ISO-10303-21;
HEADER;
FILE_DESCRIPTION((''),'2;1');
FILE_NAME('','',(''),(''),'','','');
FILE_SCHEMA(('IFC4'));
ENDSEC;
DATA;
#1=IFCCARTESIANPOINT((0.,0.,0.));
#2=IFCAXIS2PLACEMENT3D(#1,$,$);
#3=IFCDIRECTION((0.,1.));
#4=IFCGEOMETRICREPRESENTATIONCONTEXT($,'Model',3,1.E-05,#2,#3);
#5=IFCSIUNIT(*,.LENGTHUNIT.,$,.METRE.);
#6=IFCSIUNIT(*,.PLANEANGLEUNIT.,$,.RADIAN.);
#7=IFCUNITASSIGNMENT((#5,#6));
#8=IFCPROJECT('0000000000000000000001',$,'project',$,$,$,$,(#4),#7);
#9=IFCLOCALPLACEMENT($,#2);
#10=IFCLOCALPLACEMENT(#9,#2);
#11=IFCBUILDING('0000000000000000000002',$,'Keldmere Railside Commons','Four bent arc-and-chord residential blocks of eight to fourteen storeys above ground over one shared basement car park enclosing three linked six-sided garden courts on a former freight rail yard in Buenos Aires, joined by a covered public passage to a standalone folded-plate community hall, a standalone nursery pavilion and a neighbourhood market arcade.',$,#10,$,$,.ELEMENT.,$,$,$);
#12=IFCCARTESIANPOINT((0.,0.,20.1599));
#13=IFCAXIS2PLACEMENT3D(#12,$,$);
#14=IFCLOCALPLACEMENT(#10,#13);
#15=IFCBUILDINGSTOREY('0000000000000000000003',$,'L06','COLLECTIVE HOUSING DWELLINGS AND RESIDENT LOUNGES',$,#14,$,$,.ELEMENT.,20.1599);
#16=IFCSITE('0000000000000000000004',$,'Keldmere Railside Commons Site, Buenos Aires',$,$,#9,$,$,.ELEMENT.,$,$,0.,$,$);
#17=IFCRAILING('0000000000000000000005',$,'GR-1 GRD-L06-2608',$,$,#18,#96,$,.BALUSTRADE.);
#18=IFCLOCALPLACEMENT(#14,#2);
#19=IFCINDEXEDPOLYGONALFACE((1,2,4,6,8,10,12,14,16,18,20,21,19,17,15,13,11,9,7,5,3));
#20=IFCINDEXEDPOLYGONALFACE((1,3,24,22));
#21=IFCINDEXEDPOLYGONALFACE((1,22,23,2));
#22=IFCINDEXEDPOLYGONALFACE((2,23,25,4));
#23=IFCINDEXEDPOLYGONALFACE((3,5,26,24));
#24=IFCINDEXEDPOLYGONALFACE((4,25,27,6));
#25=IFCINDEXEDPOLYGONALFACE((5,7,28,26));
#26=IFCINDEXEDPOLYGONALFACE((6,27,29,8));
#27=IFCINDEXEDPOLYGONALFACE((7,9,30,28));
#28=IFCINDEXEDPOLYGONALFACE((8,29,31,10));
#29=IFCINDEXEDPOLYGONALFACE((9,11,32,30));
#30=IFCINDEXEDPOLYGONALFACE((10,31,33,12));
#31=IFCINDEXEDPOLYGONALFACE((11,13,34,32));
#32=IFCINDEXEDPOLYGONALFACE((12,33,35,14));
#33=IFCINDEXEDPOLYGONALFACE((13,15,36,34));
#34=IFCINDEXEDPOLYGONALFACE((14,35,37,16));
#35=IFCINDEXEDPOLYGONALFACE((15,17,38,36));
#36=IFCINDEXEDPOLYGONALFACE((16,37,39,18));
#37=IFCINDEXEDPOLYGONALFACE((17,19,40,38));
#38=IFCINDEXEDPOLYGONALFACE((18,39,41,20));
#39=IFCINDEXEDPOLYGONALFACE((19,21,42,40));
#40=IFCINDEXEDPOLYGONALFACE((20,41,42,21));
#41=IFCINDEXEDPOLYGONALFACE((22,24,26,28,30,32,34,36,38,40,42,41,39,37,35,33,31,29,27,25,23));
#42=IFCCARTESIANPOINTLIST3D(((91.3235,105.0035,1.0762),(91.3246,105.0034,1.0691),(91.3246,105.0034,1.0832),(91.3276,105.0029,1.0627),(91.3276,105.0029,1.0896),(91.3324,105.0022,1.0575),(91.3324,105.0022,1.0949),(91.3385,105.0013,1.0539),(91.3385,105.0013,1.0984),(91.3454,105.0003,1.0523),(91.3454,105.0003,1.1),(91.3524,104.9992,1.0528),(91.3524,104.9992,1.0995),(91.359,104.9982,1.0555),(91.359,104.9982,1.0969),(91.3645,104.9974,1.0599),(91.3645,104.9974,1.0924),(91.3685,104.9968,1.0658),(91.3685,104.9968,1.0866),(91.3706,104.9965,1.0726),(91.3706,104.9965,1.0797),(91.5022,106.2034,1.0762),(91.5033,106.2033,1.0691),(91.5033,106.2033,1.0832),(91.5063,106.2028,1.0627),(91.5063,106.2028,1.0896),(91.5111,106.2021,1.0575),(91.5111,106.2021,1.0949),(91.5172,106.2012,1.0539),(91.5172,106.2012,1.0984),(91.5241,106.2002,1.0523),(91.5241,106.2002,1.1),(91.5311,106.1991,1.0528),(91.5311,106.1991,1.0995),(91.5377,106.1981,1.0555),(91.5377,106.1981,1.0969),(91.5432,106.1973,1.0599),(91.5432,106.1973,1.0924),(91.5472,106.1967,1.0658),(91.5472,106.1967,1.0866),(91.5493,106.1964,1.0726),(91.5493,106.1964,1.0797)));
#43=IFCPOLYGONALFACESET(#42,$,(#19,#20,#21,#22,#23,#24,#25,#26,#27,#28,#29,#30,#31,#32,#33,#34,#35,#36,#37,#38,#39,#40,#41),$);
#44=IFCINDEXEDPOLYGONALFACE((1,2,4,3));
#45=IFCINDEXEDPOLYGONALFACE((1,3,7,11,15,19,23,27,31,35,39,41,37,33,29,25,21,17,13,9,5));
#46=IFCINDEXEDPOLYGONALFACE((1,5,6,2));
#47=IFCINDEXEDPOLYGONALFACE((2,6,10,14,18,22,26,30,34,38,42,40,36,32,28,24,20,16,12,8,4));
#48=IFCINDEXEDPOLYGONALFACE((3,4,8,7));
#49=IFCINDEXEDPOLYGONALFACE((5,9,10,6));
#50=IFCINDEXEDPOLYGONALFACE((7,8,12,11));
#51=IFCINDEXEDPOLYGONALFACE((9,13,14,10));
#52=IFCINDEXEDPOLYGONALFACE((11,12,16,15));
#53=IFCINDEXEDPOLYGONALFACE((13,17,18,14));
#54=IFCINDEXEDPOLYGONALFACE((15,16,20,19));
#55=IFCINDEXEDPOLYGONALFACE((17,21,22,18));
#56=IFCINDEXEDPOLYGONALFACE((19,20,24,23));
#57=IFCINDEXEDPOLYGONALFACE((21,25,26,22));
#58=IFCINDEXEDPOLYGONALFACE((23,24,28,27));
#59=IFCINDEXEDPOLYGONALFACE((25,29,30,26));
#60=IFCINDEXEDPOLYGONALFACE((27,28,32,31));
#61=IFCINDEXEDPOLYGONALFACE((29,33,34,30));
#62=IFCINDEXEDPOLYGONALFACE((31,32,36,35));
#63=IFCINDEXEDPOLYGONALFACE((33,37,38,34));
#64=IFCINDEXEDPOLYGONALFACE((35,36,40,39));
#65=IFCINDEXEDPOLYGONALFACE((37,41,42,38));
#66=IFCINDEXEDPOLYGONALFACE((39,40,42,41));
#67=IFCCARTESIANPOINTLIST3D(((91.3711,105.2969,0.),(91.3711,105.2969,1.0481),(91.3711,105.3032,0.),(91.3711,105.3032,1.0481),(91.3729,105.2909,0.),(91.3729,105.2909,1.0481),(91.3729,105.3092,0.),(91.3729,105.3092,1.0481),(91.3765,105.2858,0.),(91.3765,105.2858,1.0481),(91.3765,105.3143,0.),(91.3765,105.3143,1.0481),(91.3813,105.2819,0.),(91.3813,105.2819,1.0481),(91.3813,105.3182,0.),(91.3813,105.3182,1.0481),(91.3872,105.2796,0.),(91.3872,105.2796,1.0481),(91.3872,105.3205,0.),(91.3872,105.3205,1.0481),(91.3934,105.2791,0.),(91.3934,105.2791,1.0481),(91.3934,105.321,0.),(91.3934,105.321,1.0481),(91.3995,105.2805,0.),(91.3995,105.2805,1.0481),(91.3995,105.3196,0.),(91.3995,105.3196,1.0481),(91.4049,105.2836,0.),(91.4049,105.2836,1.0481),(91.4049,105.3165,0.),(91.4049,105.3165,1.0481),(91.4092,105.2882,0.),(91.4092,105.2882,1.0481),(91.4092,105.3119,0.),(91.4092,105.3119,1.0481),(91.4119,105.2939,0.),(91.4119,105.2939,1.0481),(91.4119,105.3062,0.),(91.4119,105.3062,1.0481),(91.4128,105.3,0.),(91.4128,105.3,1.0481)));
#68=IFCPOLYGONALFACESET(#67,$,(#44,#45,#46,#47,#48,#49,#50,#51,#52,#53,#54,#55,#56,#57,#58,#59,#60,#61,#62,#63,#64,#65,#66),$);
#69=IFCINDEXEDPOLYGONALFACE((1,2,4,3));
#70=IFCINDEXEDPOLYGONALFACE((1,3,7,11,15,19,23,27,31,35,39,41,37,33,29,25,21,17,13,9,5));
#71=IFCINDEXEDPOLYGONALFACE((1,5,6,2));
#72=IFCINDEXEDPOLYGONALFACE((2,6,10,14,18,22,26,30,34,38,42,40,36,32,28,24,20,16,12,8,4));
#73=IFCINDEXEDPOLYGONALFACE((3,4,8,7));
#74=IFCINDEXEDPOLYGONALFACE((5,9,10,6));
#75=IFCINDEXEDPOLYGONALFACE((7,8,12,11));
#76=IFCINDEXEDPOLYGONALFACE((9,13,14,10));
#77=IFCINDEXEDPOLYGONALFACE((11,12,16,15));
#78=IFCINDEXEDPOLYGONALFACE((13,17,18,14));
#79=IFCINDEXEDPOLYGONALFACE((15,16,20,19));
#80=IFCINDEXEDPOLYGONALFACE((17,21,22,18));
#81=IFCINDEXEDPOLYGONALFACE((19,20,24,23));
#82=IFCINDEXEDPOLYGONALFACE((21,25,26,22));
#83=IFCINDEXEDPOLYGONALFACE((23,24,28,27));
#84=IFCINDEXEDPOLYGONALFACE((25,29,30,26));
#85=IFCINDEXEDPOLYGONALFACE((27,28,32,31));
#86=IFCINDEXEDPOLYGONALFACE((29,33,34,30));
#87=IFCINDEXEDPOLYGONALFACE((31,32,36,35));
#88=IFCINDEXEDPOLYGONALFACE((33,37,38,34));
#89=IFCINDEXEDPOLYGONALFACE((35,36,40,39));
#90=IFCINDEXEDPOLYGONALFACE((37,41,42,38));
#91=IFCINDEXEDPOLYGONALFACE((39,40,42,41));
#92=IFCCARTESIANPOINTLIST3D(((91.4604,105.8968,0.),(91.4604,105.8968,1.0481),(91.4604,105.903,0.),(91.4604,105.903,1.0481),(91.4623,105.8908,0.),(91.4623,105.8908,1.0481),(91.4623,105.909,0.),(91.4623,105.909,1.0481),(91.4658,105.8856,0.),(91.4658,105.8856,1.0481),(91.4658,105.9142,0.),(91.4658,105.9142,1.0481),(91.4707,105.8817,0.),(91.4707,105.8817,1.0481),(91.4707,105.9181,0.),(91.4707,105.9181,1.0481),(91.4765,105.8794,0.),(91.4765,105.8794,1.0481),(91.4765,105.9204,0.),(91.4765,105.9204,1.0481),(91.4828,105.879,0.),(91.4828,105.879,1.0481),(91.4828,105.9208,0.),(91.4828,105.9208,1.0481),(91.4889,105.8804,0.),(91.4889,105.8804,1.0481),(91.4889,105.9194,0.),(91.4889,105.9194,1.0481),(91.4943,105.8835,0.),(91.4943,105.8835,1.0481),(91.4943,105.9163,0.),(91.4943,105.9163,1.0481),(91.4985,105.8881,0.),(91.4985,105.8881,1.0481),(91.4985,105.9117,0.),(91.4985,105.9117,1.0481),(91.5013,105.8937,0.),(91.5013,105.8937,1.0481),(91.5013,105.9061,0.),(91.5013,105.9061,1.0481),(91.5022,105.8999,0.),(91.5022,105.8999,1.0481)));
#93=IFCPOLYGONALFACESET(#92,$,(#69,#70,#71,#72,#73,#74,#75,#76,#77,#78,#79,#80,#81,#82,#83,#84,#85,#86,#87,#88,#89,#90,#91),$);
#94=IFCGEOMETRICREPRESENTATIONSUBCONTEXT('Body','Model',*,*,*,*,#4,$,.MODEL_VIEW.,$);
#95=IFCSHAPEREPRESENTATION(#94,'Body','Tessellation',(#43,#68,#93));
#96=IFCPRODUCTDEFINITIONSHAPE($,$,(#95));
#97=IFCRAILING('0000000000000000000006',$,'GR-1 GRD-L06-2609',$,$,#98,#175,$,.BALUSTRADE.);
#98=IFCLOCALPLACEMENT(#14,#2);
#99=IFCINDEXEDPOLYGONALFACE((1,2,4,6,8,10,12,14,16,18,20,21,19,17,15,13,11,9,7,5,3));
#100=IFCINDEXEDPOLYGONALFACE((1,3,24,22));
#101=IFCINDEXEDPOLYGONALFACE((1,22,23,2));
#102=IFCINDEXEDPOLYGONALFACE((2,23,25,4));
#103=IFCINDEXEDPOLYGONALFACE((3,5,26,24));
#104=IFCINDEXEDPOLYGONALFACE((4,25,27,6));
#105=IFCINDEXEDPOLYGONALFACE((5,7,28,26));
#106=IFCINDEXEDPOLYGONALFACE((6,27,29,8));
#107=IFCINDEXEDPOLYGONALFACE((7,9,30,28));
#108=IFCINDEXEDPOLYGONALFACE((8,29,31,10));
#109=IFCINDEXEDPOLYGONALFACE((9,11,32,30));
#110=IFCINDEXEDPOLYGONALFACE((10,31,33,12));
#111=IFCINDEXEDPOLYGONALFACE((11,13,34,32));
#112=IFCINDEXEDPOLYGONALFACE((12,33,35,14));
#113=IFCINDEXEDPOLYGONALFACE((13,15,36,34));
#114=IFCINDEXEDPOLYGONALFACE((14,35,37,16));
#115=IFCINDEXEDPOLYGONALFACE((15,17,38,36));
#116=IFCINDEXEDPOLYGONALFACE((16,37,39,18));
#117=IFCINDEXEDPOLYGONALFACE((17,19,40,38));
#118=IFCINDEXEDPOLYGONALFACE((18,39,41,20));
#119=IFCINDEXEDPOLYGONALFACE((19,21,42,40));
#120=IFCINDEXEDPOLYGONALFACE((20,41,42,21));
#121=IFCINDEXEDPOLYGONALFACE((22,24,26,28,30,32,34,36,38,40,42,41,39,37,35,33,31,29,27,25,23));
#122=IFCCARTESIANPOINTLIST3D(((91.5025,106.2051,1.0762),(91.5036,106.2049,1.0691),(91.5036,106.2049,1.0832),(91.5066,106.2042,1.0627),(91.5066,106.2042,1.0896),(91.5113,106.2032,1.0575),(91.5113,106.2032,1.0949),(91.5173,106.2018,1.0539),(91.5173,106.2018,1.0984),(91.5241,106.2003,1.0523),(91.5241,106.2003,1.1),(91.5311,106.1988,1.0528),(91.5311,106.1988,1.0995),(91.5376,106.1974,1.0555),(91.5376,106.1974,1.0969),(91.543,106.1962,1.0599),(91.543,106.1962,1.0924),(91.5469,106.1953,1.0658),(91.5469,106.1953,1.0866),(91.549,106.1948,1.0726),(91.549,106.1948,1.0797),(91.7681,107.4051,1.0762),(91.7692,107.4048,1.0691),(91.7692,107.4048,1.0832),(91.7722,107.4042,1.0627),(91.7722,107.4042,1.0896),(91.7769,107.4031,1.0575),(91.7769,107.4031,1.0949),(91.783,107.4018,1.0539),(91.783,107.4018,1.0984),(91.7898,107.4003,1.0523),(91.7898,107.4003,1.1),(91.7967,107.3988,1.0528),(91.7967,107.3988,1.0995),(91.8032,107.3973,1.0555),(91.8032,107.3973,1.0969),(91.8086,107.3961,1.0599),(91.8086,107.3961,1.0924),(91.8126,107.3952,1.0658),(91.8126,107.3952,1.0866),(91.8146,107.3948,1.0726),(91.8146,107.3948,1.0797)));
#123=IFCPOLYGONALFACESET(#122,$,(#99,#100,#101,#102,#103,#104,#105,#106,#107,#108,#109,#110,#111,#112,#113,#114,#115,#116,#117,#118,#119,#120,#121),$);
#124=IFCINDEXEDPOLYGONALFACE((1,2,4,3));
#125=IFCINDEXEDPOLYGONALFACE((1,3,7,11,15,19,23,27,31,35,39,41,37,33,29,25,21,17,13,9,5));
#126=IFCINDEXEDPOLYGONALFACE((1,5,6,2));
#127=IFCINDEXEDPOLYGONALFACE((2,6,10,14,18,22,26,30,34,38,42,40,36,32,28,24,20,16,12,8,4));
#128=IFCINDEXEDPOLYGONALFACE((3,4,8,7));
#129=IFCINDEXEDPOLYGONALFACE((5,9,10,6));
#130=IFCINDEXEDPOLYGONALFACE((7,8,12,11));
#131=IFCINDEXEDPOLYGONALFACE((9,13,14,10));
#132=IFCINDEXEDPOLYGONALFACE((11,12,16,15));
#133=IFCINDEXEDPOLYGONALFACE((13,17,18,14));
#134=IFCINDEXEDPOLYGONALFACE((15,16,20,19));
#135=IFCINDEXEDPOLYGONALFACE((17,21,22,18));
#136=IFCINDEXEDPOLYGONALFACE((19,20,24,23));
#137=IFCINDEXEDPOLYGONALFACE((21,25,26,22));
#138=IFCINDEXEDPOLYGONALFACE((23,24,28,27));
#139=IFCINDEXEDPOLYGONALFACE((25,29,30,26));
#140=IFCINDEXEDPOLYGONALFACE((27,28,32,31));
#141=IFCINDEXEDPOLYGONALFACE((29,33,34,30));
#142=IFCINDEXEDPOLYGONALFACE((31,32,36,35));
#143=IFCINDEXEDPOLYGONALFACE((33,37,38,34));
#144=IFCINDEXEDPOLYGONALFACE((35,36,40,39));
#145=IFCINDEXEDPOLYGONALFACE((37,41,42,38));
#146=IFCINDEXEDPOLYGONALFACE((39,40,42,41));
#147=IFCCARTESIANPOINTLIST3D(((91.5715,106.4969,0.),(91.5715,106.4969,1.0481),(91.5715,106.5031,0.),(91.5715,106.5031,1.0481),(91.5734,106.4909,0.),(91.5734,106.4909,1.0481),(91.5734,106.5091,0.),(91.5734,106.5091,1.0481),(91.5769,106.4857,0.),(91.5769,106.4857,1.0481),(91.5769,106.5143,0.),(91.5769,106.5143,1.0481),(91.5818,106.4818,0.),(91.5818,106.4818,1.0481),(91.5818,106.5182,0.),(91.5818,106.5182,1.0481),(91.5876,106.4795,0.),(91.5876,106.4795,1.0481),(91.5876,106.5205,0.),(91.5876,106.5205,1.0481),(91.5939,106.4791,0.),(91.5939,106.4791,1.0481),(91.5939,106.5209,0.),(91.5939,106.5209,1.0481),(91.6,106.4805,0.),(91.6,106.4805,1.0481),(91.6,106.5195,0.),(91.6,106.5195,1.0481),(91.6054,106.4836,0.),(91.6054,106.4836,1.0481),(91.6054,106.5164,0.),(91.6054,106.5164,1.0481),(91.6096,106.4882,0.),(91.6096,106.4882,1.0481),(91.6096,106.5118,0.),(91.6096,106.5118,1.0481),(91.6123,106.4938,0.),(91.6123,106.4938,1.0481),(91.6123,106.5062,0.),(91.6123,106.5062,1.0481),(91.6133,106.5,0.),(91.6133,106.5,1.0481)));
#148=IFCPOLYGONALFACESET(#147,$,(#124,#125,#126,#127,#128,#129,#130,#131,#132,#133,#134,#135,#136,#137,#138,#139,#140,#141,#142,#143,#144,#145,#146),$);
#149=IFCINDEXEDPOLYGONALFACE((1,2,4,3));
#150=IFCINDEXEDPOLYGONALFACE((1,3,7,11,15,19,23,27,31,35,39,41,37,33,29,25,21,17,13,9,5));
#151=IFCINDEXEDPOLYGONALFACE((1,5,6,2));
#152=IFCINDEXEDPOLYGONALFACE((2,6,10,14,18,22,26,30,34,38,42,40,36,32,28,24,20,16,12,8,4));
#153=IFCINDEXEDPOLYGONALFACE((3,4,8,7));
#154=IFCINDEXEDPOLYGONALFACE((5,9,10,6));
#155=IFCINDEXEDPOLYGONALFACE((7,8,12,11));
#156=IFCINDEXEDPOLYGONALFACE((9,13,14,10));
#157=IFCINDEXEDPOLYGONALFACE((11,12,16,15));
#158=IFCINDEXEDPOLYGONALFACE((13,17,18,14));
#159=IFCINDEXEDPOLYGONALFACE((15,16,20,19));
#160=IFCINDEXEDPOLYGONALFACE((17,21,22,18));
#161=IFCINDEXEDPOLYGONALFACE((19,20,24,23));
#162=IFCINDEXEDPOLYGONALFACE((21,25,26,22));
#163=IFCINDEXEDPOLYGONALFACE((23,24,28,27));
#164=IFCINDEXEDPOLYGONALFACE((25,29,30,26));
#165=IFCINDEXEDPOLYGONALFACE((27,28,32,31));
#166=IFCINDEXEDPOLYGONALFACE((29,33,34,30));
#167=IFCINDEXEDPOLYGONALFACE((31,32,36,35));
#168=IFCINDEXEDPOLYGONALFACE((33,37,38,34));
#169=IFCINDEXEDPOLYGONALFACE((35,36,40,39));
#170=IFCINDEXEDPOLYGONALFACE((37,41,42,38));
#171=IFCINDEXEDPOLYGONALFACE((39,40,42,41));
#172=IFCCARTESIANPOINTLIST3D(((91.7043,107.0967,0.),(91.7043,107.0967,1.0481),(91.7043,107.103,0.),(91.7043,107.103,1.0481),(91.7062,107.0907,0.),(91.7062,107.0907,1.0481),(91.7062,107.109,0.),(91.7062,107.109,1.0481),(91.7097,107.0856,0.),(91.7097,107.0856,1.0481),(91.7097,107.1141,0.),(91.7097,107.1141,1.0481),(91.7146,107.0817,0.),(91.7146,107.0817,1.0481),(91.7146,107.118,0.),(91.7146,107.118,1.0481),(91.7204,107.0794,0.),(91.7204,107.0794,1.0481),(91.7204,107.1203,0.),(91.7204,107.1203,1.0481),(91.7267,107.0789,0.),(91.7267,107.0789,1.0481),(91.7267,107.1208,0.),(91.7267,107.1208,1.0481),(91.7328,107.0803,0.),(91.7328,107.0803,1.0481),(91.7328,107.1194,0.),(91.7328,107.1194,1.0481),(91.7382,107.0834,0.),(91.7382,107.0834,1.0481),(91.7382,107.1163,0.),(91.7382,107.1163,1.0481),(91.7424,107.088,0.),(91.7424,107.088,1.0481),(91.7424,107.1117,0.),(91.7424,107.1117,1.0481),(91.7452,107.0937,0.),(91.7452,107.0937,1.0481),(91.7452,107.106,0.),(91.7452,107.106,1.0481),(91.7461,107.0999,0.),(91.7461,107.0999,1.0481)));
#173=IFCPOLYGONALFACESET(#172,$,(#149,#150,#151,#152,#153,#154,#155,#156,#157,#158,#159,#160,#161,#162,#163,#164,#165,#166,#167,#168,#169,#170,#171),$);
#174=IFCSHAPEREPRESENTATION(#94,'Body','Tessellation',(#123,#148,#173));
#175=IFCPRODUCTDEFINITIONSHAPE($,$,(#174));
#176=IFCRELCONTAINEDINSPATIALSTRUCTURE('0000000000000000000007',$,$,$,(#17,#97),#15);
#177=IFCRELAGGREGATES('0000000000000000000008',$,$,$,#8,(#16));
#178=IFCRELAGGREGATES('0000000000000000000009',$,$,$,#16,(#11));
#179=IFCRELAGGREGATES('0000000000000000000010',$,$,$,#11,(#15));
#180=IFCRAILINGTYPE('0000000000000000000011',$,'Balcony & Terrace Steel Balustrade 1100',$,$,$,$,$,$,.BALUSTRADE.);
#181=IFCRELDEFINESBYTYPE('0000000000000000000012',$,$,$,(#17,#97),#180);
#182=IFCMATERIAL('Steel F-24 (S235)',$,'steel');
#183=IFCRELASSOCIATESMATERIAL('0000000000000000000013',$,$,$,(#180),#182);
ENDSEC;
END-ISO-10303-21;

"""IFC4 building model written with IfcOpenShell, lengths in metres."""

from ifc_helpers import new_model, si_unit, direction, frame, origin, origin_2d, place, context, subcontext, project, spatial, circle, extrude, material, type_object, element, save


model = new_model("IFC4")

# Units and contexts
model_context = context("Model", 3, precision=1e-05, world=origin(), true_north=direction((0.0, 1.0)))
body_context = subcontext(model_context, "Body", "Model", "MODEL_VIEW")
ifc_project = project(units=[si_unit("LENGTHUNIT", "METRE"), si_unit("PLANEANGLEUNIT", "RADIAN")], contexts=[model_context])

# Site, building, storey
site_placement = place(None, origin())
site = spatial("IfcSite", under=ifc_project, at=site_placement, Name="Keldmere Railside Commons Site, Buenos Aires", CompositionType="ELEMENT", RefElevation=0.0)
building_placement = place(site_placement, origin())
building = spatial("IfcBuilding", under=site, at=building_placement, Name="Keldmere Railside Commons", Description="Four bent arc-and-chord residential blocks of eight to fourteen storeys above ground over one shared basement car park enclosing three linked six-sided garden courts on a former freight rail yard in Buenos Aires, joined by a covered public passage to a standalone folded-plate community hall, a standalone nursery pavilion and a neighbourhood market arcade.", CompositionType="ELEMENT")
storey_placement = place(building_placement, frame((0.0, 0.0, 20.1599)))
storey = spatial("IfcBuildingStorey", under=building, at=storey_placement, Name="L06", Description="COLLECTIVE HOUSING DWELLINGS AND RESIDENT LOUNGES", CompositionType="ELEMENT", Elevation=20.1599)

# Railings
ifc_material_1 = material(Name="Steel F-24 (S235)", Category="steel")
railing_type = type_object("IfcRailingType", Name="Balcony & Terrace Steel Balustrade 1100", PredefinedType="BALUSTRADE", material=ifc_material_1)
railing_1_placement = place(storey_placement, frame((91.3472, 105.0, 0.0)))
element("IfcRailing", 1, at=railing_1_placement, inside=storey, type_object=railing_type, Name="GR-1 GRD-L06-2608", PredefinedType="BALUSTRADE", context=body_context, shape_type="SweptSolid", body=[
    extrude(circle(Radius=0.0239, at=origin_2d()), frame((0.0, 0.0, 1.0762), z_axis=(0.147307, 0.989091, 0.0), x_axis=(-0.989091, 0.147307, 0.0)), (0.0, 0.0, 1.0), 1.2131),
    extrude(circle(Radius=0.021, at=origin_2d()), frame((0.0447, 0.3, 0.0)), (0.0, 0.0, 1.0), 1.0481),
    extrude(circle(Radius=0.021, at=origin_2d()), frame((0.134, 0.8999, 0.0)), (0.0, 0.0, 1.0), 1.0481),
])
railing_2_placement = place(storey_placement, frame((91.5259, 106.2, 0.0)))
element("IfcRailing", 2, at=railing_2_placement, inside=storey, type_object=railing_type, Name="GR-1 GRD-L06-2609", PredefinedType="BALUSTRADE", context=body_context, shape_type="SweptSolid", body=[
    extrude(circle(Radius=0.0239, at=origin_2d()), frame((0.0, 0.0, 1.0762), z_axis=(0.216131, 0.976364, 0.0), x_axis=(-0.976364, 0.216131, 0.0)), (0.0, 0.0, 1.0), 1.229),
    extrude(circle(Radius=0.021, at=origin_2d()), frame((0.0664, 0.3, 0.0)), (0.0, 0.0, 1.0), 1.0481),
    extrude(circle(Radius=0.021, at=origin_2d()), frame((0.1992, 0.8999, 0.0)), (0.0, 0.0, 1.0), 1.0481),
])

save(model, "model.ifc")
